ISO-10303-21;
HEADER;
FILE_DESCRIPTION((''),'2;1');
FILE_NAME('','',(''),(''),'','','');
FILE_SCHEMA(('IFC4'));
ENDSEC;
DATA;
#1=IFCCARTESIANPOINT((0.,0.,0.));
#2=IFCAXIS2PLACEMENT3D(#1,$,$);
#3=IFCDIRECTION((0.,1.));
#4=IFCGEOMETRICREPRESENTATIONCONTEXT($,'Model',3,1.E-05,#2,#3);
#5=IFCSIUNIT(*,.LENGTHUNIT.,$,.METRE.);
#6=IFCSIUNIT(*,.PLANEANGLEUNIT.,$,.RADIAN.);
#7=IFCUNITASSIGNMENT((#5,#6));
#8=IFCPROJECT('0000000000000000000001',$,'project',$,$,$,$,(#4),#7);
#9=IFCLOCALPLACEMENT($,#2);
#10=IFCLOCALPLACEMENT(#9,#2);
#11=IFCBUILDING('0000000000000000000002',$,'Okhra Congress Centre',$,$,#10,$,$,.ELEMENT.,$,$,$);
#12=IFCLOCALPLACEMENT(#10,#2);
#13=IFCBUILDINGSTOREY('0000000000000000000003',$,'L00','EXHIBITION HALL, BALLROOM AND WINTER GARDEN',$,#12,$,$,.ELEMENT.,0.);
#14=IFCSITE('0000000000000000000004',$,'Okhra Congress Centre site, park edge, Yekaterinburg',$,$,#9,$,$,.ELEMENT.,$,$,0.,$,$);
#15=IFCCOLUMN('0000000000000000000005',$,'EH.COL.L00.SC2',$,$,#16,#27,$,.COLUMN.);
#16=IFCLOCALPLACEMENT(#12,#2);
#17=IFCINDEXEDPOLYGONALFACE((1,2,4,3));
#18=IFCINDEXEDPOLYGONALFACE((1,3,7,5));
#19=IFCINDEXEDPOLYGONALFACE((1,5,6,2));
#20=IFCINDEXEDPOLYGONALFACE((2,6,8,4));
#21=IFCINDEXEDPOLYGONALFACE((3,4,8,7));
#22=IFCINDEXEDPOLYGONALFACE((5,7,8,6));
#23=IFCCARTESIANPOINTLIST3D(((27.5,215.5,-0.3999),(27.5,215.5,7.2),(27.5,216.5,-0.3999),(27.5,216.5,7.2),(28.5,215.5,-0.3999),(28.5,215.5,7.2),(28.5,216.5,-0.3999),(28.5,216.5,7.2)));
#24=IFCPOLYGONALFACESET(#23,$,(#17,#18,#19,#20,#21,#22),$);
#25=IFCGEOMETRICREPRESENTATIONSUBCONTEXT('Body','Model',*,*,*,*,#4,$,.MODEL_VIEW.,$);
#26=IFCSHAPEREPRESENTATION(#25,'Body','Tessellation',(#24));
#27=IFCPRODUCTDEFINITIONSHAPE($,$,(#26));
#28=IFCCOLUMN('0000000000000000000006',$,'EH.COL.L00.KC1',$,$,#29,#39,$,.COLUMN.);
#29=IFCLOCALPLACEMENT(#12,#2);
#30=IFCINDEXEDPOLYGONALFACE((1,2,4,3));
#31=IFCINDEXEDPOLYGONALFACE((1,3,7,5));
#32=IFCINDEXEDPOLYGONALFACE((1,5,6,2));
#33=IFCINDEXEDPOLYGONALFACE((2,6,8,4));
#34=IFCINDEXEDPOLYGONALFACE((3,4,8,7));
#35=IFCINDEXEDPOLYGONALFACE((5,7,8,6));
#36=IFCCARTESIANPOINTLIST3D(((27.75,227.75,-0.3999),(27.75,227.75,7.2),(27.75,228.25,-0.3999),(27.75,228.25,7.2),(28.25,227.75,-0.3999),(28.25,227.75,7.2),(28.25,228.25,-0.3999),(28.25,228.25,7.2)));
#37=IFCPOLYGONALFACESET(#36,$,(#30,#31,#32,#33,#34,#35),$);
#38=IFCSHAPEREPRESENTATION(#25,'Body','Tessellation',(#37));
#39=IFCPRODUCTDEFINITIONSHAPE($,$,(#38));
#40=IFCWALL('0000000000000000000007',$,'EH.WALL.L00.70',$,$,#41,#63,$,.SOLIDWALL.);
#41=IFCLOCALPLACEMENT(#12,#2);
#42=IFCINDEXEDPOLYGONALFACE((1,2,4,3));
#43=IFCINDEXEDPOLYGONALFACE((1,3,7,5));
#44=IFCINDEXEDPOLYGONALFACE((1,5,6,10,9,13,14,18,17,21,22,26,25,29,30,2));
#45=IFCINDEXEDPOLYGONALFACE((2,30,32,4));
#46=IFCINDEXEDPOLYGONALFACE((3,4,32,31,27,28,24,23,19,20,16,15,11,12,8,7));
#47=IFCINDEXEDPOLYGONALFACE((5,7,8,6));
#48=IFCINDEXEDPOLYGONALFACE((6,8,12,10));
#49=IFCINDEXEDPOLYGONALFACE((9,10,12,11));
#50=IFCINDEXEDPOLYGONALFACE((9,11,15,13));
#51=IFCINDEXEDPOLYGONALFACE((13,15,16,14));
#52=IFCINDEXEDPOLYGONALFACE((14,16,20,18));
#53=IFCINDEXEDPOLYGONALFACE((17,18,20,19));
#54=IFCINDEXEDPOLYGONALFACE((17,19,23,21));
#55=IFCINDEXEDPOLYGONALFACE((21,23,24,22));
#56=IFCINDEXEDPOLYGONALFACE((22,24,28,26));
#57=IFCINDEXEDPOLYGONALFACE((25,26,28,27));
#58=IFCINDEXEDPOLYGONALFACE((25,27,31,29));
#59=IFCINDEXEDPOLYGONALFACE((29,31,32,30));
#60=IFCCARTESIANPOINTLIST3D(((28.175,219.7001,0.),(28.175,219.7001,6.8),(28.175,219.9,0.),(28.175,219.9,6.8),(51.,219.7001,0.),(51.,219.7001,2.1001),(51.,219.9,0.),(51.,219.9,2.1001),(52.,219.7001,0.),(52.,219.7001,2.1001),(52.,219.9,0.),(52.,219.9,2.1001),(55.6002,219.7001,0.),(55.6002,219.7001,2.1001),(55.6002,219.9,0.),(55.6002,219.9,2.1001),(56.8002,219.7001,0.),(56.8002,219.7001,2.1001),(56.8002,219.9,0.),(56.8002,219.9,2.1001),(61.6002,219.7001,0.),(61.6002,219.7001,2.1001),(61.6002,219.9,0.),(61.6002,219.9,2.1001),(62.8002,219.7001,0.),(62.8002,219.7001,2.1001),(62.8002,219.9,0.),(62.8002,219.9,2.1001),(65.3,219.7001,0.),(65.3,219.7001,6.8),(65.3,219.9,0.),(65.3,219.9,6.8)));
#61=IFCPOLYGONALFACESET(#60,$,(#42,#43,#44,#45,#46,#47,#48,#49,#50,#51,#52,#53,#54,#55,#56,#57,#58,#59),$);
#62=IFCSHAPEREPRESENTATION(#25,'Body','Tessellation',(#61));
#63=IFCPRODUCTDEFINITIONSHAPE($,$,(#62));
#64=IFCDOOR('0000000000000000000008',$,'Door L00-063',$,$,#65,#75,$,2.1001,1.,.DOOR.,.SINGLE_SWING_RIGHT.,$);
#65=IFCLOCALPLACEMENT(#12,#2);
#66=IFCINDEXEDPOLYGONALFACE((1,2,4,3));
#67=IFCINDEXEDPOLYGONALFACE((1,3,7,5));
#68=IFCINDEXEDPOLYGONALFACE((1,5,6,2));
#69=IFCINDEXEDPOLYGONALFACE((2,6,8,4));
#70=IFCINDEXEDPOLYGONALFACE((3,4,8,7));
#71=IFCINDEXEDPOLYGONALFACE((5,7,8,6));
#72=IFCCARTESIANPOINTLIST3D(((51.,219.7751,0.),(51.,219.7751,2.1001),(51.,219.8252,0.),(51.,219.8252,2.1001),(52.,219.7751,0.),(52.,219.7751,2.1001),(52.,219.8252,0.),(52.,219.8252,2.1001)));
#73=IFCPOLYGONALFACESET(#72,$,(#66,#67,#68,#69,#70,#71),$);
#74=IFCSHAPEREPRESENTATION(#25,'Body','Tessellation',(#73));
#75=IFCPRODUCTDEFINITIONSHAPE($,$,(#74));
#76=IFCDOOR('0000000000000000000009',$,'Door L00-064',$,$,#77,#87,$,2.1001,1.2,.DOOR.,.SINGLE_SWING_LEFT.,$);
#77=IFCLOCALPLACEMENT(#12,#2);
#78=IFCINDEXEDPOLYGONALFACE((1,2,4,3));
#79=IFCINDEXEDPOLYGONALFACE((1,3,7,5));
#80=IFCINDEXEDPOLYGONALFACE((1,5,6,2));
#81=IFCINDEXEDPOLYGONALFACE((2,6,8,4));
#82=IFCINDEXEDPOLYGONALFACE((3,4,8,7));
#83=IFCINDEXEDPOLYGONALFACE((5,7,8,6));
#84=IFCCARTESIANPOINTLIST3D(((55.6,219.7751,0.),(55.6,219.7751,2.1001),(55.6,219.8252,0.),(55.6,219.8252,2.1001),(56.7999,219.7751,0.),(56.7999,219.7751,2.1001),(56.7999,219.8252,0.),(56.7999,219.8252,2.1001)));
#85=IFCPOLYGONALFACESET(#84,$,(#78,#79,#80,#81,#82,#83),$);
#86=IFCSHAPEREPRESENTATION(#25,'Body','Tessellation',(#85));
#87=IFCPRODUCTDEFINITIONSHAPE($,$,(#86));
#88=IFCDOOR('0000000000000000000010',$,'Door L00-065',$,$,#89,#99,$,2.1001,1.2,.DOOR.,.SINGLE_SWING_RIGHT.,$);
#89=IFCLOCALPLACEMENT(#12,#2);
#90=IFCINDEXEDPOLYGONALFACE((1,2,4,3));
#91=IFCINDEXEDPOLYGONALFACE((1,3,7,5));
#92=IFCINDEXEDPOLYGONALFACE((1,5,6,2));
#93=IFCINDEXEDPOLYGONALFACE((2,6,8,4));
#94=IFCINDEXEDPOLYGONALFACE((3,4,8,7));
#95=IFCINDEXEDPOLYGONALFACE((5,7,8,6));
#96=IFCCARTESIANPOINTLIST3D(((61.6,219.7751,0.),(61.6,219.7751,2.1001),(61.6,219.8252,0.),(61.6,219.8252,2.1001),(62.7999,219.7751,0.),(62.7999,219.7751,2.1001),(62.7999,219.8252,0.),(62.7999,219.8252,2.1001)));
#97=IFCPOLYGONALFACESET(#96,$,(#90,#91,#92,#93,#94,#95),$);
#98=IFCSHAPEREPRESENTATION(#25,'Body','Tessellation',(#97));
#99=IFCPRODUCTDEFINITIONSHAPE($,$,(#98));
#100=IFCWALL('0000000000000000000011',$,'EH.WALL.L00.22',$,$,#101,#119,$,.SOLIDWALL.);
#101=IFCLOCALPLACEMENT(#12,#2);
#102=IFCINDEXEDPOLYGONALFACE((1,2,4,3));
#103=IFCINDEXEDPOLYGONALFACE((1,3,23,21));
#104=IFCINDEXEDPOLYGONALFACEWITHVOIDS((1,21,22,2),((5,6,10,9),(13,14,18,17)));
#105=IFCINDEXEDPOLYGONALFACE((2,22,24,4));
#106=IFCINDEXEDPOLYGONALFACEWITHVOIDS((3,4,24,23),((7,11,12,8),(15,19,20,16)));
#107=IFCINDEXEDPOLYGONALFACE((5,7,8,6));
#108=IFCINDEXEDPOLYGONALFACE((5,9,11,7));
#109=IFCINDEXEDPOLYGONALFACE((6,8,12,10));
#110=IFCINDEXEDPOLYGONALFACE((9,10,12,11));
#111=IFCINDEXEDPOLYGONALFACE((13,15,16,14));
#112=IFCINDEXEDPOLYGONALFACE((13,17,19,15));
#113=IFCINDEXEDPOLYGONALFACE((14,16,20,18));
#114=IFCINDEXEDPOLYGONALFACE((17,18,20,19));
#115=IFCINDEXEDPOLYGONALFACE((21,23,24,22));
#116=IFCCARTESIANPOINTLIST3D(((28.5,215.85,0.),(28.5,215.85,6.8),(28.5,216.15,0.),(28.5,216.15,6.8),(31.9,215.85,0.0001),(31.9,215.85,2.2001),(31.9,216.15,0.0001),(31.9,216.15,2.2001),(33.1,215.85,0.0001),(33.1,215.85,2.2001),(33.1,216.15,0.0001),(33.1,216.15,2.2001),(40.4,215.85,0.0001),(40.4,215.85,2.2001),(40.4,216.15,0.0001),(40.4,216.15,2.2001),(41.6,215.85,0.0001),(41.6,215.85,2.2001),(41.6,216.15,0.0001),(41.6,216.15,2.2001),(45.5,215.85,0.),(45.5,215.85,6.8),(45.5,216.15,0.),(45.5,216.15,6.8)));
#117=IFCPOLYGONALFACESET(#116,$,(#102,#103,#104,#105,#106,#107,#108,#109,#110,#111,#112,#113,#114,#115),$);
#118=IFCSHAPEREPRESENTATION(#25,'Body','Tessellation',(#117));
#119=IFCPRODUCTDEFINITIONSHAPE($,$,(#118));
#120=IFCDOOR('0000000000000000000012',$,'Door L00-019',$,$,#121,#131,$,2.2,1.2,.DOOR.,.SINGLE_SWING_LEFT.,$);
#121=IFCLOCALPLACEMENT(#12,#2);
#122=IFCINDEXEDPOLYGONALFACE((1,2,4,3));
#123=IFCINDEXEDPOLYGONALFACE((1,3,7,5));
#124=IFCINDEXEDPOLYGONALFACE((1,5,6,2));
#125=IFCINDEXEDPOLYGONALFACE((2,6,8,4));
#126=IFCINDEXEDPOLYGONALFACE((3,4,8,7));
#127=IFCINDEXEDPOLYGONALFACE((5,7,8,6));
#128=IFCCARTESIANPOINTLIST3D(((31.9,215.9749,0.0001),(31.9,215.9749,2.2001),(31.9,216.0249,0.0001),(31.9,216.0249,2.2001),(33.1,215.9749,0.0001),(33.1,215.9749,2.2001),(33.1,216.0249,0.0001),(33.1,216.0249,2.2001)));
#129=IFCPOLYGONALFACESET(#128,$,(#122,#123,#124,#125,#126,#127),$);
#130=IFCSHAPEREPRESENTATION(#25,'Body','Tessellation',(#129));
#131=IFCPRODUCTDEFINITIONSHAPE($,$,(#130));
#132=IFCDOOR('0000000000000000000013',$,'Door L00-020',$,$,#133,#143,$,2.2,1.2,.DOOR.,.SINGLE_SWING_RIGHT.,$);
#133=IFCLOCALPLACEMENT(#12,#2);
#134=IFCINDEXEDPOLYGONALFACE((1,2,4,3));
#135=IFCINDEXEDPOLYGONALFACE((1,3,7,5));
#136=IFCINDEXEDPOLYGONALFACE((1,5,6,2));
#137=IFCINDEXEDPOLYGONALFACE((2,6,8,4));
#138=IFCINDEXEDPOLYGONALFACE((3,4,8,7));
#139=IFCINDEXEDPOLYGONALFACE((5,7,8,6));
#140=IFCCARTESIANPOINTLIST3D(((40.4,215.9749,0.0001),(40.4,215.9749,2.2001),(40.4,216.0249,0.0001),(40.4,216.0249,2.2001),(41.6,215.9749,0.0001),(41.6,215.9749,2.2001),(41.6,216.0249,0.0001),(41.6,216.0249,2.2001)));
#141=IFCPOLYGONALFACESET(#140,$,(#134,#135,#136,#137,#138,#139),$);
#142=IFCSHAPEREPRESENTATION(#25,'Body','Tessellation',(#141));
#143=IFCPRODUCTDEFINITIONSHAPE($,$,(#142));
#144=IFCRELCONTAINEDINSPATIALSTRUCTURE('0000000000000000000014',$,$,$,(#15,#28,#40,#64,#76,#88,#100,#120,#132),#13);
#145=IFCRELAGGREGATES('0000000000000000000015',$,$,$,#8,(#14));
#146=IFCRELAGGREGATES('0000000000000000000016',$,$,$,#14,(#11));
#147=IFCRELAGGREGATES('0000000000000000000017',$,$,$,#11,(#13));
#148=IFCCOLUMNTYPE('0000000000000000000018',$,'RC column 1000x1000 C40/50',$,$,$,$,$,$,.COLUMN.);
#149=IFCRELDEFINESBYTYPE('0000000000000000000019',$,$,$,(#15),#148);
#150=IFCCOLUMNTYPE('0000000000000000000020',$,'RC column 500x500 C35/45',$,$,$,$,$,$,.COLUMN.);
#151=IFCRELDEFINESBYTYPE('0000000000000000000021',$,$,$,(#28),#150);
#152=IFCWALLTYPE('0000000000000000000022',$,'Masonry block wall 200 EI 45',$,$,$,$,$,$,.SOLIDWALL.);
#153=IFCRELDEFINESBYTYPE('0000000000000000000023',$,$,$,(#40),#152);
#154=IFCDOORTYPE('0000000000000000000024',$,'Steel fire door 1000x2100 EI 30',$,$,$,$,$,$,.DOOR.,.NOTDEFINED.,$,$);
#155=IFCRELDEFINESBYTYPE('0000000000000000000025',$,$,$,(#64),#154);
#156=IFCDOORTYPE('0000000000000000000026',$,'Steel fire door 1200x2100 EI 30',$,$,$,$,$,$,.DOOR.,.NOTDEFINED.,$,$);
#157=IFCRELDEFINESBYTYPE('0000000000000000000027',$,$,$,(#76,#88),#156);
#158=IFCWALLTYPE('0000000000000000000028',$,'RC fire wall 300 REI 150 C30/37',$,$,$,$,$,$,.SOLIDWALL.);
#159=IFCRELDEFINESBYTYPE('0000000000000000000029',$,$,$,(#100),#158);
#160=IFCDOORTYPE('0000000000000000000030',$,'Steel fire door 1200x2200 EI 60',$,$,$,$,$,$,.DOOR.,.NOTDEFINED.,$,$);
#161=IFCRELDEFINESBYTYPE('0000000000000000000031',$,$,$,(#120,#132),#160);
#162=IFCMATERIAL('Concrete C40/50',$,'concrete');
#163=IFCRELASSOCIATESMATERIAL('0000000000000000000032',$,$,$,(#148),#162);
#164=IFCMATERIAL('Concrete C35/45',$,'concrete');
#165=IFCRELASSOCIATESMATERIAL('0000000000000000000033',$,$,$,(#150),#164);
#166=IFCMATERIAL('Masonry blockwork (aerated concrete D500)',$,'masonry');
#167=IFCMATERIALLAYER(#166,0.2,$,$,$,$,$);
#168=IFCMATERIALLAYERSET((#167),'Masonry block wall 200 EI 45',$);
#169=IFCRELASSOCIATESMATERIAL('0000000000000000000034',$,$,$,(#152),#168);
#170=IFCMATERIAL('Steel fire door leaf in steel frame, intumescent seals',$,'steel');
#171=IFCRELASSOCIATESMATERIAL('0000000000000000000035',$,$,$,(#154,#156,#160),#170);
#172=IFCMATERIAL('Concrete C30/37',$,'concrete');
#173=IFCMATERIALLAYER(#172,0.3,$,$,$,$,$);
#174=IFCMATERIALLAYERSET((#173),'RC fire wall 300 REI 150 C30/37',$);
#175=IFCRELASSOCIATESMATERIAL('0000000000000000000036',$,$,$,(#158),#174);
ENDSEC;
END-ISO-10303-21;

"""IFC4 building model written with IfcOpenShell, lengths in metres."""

from ifc_helpers import new_model, si_unit, direction, frame, frame_2d, origin, origin_2d, place, context, subcontext, project, spatial, rectangle, extrude, material, layer, layer_set, material_profile, profile_set, type_object, element, fill, save


model = new_model("IFC4")

# Units and contexts
model_context = context("Model", 3, precision=1e-05, world=origin(), true_north=direction((0.0, 1.0)))
body_context = subcontext(model_context, "Body", "Model", "MODEL_VIEW")
ifc_project = project(units=[si_unit("LENGTHUNIT", "METRE"), si_unit("PLANEANGLEUNIT", "RADIAN")], contexts=[model_context])

# Site, building, storey
site_placement = place(None, origin())
site = spatial("IfcSite", under=ifc_project, at=site_placement, Name="Okhra Congress Centre site, park edge, Yekaterinburg", CompositionType="ELEMENT", RefElevation=0.0)
building_placement = place(site_placement, origin())
building = spatial("IfcBuilding", under=site, at=building_placement, Name="Okhra Congress Centre", CompositionType="ELEMENT")
storey_placement = place(building_placement, origin())
storey = spatial("IfcBuildingStorey", under=building, at=storey_placement, Name="L00", Description="EXHIBITION HALL, BALLROOM AND WINTER GARDEN", CompositionType="ELEMENT", Elevation=0.0)

# Shared definitions
ifc_material_1 = material(Name="Concrete C30/37", Category="concrete")

# Columns
ifc_material_2 = material(Name="Concrete C40/50", Category="concrete")
ifc_material_profile_1 = material_profile(ifc_material_2, rectangle(XDim=1.0, YDim=1.0, at=origin_2d()), Name="RC 1000x1000")
ifc_profile_set_1 = profile_set([ifc_material_profile_1], Name="Concrete C40/50")
column_type_1 = type_object("IfcColumnType", Name="RC column 1000x1000 C40/50", PredefinedType="COLUMN", material=ifc_profile_set_1)
column_1_placement = place(storey_placement, frame((28.0, 216.0, -0.3999), z_axis=(0.0, 0.0, 1.0), x_axis=(1.0, 0.0, 0.0)))
element("IfcColumn", 1, at=column_1_placement, inside=storey, type_object=column_type_1, Name="EH.COL.L00.SC2", PredefinedType="COLUMN", context=body_context, shape_type="SweptSolid", body=[
    extrude(rectangle(XDim=1.0, YDim=1.0, at=origin_2d()), origin(), (0.0, 0.0, 1.0), 7.5999),
])
ifc_material_3 = material(Name="Concrete C35/45", Category="concrete")
ifc_material_profile_2 = material_profile(ifc_material_3, rectangle(XDim=0.5, YDim=0.5, at=origin_2d()), Name="RC 500x500")
ifc_profile_set_2 = profile_set([ifc_material_profile_2], Name="Concrete C35/45")
column_type_2 = type_object("IfcColumnType", Name="RC column 500x500 C35/45", PredefinedType="COLUMN", material=ifc_profile_set_2)
column_2_placement = place(storey_placement, frame((28.0, 228.0, -0.3999), z_axis=(0.0, 0.0, 1.0), x_axis=(1.0, 0.0, 0.0)))
element("IfcColumn", 2, at=column_2_placement, inside=storey, type_object=column_type_2, Name="EH.COL.L00.KC1", PredefinedType="COLUMN", context=body_context, shape_type="SweptSolid", body=[
    extrude(rectangle(XDim=0.5, YDim=0.5, at=origin_2d()), origin(), (0.0, 0.0, 1.0), 7.5999),
])

# Walls, openings, doors
ifc_material_4 = material(Name="Masonry blockwork (aerated concrete D500)", Category="masonry")
ifc_layer_1 = layer(ifc_material_4, 0.2)
ifc_layer_set_1 = layer_set([ifc_layer_1], Name="Masonry block wall 200 EI 45")
wall_type_1 = type_object("IfcWallType", Name="Masonry block wall 200 EI 45", PredefinedType="SOLIDWALL", material=ifc_layer_set_1)
wall_1_placement = place(storey_placement, frame((28.175, 219.8, 0.0), z_axis=(0.0, 0.0, 1.0), x_axis=(1.0, 0.0, 0.0)))
wall_1 = element("IfcWall", 3, at=wall_1_placement, inside=storey, type_object=wall_type_1, Name="EH.WALL.L00.70", PredefinedType="SOLIDWALL", context=body_context, shape_type="SweptSolid", body=[
    extrude(rectangle(XDim=37.125, YDim=0.2, at=frame_2d((18.5625, 0.0))), origin(), (0.0, 0.0, 1.0), 6.8),
])
opening_1_placement = place(wall_1_placement, frame((22.825, 0.0, 0.0)))
opening_1 = element("IfcOpeningElement", 4, at=opening_1_placement, cuts=wall_1, PredefinedType="OPENING", context=body_context, shape_type="SweptSolid", body=[
    extrude(rectangle(XDim=1.0, YDim=2.1001, at=frame_2d((0.5, 1.05))), frame((0.0, 0.1099, 0.0), z_axis=(0.0, -1.0, 0.0), x_axis=(1.0, 0.0, 0.0)), (0.0, 0.0, 1.0), 0.22),
])
opening_2_placement = place(wall_1_placement, frame((27.425, 0.0, 0.0)))
opening_2 = element("IfcOpeningElement", 5, at=opening_2_placement, cuts=wall_1, PredefinedType="OPENING", context=body_context, shape_type="SweptSolid", body=[
    extrude(rectangle(XDim=1.2, YDim=2.1001, at=frame_2d((0.6001, 1.05))), frame((0.0, 0.1099, 0.0), z_axis=(0.0, -1.0, 0.0), x_axis=(1.0, 0.0, 0.0)), (0.0, 0.0, 1.0), 0.22),
])
opening_3_placement = place(wall_1_placement, frame((33.425, 0.0, 0.0)))
opening_3 = element("IfcOpeningElement", 6, at=opening_3_placement, cuts=wall_1, PredefinedType="OPENING", context=body_context, shape_type="SweptSolid", body=[
    extrude(rectangle(XDim=1.2, YDim=2.1001, at=frame_2d((0.6001, 1.05))), frame((0.0, 0.1099, 0.0), z_axis=(0.0, -1.0, 0.0), x_axis=(1.0, 0.0, 0.0)), (0.0, 0.0, 1.0), 0.22),
])
ifc_material_5 = material(Name="Steel fire door leaf in steel frame, intumescent seals", Category="steel")
door_type_1 = type_object("IfcDoorType", Name="Steel fire door 1000x2100 EI 30", OperationType="NOTDEFINED", PredefinedType="DOOR", material=ifc_material_5)
door_1_placement = place(opening_1_placement, frame((1.0, 0.0, 0.0), z_axis=(0.0, 0.0, 1.0), x_axis=(-1.0, 0.0, 0.0)))
door_1 = element("IfcDoor", 7, at=door_1_placement, inside=storey, type_object=door_type_1, Name="Door L00-063", OperationType="SINGLE_SWING_RIGHT", OverallHeight=2.1001, OverallWidth=1.0, PredefinedType="DOOR", context=body_context, shape_type="SweptSolid", body=[
    extrude(rectangle(XDim=1.0, YDim=2.1001, at=frame_2d((0.5, 1.05))), frame((0.0, 0.0249, 0.0), z_axis=(0.0, -1.0, 0.0), x_axis=(1.0, 0.0, 0.0)), (0.0, 0.0, 1.0), 0.05),
])
fill(opening_1, door_1)
door_type_2 = type_object("IfcDoorType", Name="Steel fire door 1200x2100 EI 30", OperationType="NOTDEFINED", PredefinedType="DOOR", material=ifc_material_5)
door_2_placement = place(opening_2_placement, frame((1.2, 0.0, 0.0), z_axis=(0.0, 0.0, 1.0), x_axis=(-1.0, 0.0, 0.0)))
door_2 = element("IfcDoor", 8, at=door_2_placement, inside=storey, type_object=door_type_2, Name="Door L00-064", OperationType="SINGLE_SWING_LEFT", OverallHeight=2.1001, OverallWidth=1.2, PredefinedType="DOOR", context=body_context, shape_type="SweptSolid", body=[
    extrude(rectangle(XDim=1.2, YDim=2.1001, at=frame_2d((0.6001, 1.05))), frame((0.0, 0.0249, 0.0), z_axis=(0.0, -1.0, 0.0), x_axis=(1.0, 0.0, 0.0)), (0.0, 0.0, 1.0), 0.05),
])
fill(opening_2, door_2)
door_3_placement = place(opening_3_placement, frame((1.2, 0.0, 0.0), z_axis=(0.0, 0.0, 1.0), x_axis=(-1.0, 0.0, 0.0)))
door_3 = element("IfcDoor", 9, at=door_3_placement, inside=storey, type_object=door_type_2, Name="Door L00-065", OperationType="SINGLE_SWING_RIGHT", OverallHeight=2.1001, OverallWidth=1.2, PredefinedType="DOOR", context=body_context, shape_type="SweptSolid", body=[
    extrude(rectangle(XDim=1.2, YDim=2.1001, at=frame_2d((0.6001, 1.05))), frame((0.0, 0.0249, 0.0), z_axis=(0.0, -1.0, 0.0), x_axis=(1.0, 0.0, 0.0)), (0.0, 0.0, 1.0), 0.05),
])
fill(opening_3, door_3)
ifc_layer_2 = layer(ifc_material_1, 0.3)
ifc_layer_set_2 = layer_set([ifc_layer_2], Name="RC fire wall 300 REI 150 C30/37")
wall_type_2 = type_object("IfcWallType", Name="RC fire wall 300 REI 150 C30/37", PredefinedType="SOLIDWALL", material=ifc_layer_set_2)
wall_2_placement = place(storey_placement, frame((28.5, 216.0, 0.0), z_axis=(0.0, 0.0, 1.0), x_axis=(1.0, 0.0, 0.0)))
wall_2 = element("IfcWall", 10, at=wall_2_placement, inside=storey, type_object=wall_type_2, Name="EH.WALL.L00.22", PredefinedType="SOLIDWALL", context=body_context, shape_type="SweptSolid", body=[
    extrude(rectangle(XDim=17.0, YDim=0.3, at=frame_2d((8.5, 0.0))), origin(), (0.0, 0.0, 1.0), 6.8),
])
opening_4_placement = place(wall_2_placement, frame((3.3999, 0.0, 0.0)))
opening_4 = element("IfcOpeningElement", 11, at=opening_4_placement, cuts=wall_2, PredefinedType="OPENING", context=body_context, shape_type="SweptSolid", body=[
    extrude(rectangle(XDim=1.2, YDim=2.2, at=frame_2d((0.6001, 1.1001))), frame((0.0, 0.1599, 0.0), z_axis=(0.0, -1.0, 0.0), x_axis=(1.0, 0.0, 0.0)), (0.0, 0.0, 1.0), 0.3201),
])
opening_5_placement = place(wall_2_placement, frame((11.8999, 0.0, 0.0)))
opening_5 = element("IfcOpeningElement", 12, at=opening_5_placement, cuts=wall_2, PredefinedType="OPENING", context=body_context, shape_type="SweptSolid", body=[
    extrude(rectangle(XDim=1.2, YDim=2.2, at=frame_2d((0.6001, 1.1001))), frame((0.0, 0.1599, 0.0), z_axis=(0.0, -1.0, 0.0), x_axis=(1.0, 0.0, 0.0)), (0.0, 0.0, 1.0), 0.3201),
])
door_type_3 = type_object("IfcDoorType", Name="Steel fire door 1200x2200 EI 60", OperationType="NOTDEFINED", PredefinedType="DOOR", material=ifc_material_5)
door_4_placement = place(opening_4_placement, origin())
door_4 = element("IfcDoor", 13, at=door_4_placement, inside=storey, type_object=door_type_3, Name="Door L00-019", OperationType="SINGLE_SWING_LEFT", OverallHeight=2.2, OverallWidth=1.2, PredefinedType="DOOR", context=body_context, shape_type="SweptSolid", body=[
    extrude(rectangle(XDim=1.2, YDim=2.2, at=frame_2d((0.6001, 1.1001))), frame((0.0, 0.0249, 0.0), z_axis=(0.0, -1.0, 0.0), x_axis=(1.0, 0.0, 0.0)), (0.0, 0.0, 1.0), 0.05),
])
fill(opening_4, door_4)
door_5_placement = place(opening_5_placement, origin())
door_5 = element("IfcDoor", 14, at=door_5_placement, inside=storey, type_object=door_type_3, Name="Door L00-020", OperationType="SINGLE_SWING_RIGHT", OverallHeight=2.2, OverallWidth=1.2, PredefinedType="DOOR", context=body_context, shape_type="SweptSolid", body=[
    extrude(rectangle(XDim=1.2, YDim=2.2, at=frame_2d((0.6001, 1.1001))), frame((0.0, 0.0249, 0.0), z_axis=(0.0, -1.0, 0.0), x_axis=(1.0, 0.0, 0.0)), (0.0, 0.0, 1.0), 0.05),
])
fill(opening_5, door_5)

save(model, "model.ifc")
